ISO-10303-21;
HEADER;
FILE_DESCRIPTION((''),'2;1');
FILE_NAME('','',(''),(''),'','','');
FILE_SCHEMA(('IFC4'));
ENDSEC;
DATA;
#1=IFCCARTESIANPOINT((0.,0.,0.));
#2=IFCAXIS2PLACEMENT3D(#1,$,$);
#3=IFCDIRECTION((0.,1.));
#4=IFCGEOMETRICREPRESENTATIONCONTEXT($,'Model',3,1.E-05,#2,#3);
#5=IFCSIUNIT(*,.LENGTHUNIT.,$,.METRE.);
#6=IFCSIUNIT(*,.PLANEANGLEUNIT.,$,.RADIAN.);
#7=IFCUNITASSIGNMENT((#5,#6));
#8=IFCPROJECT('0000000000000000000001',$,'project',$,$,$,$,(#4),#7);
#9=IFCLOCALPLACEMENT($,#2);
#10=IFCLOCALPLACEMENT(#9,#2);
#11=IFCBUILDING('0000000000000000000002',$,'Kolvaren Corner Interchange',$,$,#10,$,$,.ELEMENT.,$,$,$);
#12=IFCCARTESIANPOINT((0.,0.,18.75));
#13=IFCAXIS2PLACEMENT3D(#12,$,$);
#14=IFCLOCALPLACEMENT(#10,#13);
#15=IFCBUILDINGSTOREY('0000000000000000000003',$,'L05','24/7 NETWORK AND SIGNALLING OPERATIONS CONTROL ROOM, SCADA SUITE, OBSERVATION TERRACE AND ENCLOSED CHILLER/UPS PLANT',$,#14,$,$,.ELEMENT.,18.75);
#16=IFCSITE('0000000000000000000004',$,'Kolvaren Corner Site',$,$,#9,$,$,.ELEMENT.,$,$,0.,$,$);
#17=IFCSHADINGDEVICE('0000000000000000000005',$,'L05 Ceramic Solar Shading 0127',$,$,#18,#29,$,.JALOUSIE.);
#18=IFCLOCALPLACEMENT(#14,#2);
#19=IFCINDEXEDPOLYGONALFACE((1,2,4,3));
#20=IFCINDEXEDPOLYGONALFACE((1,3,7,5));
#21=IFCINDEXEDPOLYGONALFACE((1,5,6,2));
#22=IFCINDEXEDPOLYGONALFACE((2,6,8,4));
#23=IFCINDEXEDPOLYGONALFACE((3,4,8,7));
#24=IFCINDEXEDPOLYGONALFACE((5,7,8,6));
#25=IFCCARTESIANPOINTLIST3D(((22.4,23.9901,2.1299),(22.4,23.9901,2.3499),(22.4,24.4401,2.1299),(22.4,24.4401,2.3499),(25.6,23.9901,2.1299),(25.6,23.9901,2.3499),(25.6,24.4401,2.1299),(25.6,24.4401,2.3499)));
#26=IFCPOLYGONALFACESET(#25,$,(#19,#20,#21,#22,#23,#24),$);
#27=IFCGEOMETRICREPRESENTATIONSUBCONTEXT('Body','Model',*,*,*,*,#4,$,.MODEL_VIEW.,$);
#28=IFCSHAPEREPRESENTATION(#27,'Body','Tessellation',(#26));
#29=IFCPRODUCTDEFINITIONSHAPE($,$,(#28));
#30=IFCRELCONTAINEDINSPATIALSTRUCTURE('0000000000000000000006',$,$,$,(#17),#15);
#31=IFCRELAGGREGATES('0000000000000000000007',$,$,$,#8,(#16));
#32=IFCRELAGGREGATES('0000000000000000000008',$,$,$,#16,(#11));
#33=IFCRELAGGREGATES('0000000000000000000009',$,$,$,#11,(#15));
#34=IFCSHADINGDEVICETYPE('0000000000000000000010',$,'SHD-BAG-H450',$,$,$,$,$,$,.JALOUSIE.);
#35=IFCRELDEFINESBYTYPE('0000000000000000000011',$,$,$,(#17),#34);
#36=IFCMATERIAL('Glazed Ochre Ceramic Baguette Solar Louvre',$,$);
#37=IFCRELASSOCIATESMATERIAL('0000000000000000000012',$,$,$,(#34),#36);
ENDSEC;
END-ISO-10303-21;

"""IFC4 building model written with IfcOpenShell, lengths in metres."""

from ifc_helpers import new_model, si_unit, direction, frame, origin, origin_2d, place, context, subcontext, project, spatial, rectangle, extrude, material, type_object, element, save


model = new_model("IFC4")

# Units and contexts
model_context = context("Model", 3, precision=1e-05, world=origin(), true_north=direction((0.0, 1.0)))
body_context = subcontext(model_context, "Body", "Model", "MODEL_VIEW")
ifc_project = project(units=[si_unit("LENGTHUNIT", "METRE"), si_unit("PLANEANGLEUNIT", "RADIAN")], contexts=[model_context])

# Site, building, storey
site_placement = place(None, origin())
site = spatial("IfcSite", under=ifc_project, at=site_placement, Name="Kolvaren Corner Site", CompositionType="ELEMENT", RefElevation=0.0)
building_placement = place(site_placement, origin())
building = spatial("IfcBuilding", under=site, at=building_placement, Name="Kolvaren Corner Interchange", CompositionType="ELEMENT")
storey_placement = place(building_placement, frame((0.0, 0.0, 18.75)))
storey = spatial("IfcBuildingStorey", under=building, at=storey_placement, Name="L05", Description="24/7 NETWORK AND SIGNALLING OPERATIONS CONTROL ROOM, SCADA SUITE, OBSERVATION TERRACE AND ENCLOSED CHILLER/UPS PLANT", CompositionType="ELEMENT", Elevation=18.75)

# Shading device
ifc_material_1 = material(Name="Glazed Ochre Ceramic Baguette Solar Louvre")
shading_device_type = type_object("IfcShadingDeviceType", Name="SHD-BAG-H450", PredefinedType="JALOUSIE", material=ifc_material_1)
shading_device_placement = place(storey_placement, frame((24.0, 24.2151, 2.1299), z_axis=(0.0, 0.0, 1.0), x_axis=(-1.0, 0.0, 0.0)))
element("IfcShadingDevice", 1, at=shading_device_placement, inside=storey, type_object=shading_device_type, Name="L05 Ceramic Solar Shading 0127", PredefinedType="JALOUSIE", context=body_context, shape_type="SweptSolid", body=[
    extrude(rectangle(XDim=3.2, YDim=0.45, at=origin_2d()), origin(), (0.0, 0.0, 1.0), 0.22),
])

save(model, "model.ifc")
